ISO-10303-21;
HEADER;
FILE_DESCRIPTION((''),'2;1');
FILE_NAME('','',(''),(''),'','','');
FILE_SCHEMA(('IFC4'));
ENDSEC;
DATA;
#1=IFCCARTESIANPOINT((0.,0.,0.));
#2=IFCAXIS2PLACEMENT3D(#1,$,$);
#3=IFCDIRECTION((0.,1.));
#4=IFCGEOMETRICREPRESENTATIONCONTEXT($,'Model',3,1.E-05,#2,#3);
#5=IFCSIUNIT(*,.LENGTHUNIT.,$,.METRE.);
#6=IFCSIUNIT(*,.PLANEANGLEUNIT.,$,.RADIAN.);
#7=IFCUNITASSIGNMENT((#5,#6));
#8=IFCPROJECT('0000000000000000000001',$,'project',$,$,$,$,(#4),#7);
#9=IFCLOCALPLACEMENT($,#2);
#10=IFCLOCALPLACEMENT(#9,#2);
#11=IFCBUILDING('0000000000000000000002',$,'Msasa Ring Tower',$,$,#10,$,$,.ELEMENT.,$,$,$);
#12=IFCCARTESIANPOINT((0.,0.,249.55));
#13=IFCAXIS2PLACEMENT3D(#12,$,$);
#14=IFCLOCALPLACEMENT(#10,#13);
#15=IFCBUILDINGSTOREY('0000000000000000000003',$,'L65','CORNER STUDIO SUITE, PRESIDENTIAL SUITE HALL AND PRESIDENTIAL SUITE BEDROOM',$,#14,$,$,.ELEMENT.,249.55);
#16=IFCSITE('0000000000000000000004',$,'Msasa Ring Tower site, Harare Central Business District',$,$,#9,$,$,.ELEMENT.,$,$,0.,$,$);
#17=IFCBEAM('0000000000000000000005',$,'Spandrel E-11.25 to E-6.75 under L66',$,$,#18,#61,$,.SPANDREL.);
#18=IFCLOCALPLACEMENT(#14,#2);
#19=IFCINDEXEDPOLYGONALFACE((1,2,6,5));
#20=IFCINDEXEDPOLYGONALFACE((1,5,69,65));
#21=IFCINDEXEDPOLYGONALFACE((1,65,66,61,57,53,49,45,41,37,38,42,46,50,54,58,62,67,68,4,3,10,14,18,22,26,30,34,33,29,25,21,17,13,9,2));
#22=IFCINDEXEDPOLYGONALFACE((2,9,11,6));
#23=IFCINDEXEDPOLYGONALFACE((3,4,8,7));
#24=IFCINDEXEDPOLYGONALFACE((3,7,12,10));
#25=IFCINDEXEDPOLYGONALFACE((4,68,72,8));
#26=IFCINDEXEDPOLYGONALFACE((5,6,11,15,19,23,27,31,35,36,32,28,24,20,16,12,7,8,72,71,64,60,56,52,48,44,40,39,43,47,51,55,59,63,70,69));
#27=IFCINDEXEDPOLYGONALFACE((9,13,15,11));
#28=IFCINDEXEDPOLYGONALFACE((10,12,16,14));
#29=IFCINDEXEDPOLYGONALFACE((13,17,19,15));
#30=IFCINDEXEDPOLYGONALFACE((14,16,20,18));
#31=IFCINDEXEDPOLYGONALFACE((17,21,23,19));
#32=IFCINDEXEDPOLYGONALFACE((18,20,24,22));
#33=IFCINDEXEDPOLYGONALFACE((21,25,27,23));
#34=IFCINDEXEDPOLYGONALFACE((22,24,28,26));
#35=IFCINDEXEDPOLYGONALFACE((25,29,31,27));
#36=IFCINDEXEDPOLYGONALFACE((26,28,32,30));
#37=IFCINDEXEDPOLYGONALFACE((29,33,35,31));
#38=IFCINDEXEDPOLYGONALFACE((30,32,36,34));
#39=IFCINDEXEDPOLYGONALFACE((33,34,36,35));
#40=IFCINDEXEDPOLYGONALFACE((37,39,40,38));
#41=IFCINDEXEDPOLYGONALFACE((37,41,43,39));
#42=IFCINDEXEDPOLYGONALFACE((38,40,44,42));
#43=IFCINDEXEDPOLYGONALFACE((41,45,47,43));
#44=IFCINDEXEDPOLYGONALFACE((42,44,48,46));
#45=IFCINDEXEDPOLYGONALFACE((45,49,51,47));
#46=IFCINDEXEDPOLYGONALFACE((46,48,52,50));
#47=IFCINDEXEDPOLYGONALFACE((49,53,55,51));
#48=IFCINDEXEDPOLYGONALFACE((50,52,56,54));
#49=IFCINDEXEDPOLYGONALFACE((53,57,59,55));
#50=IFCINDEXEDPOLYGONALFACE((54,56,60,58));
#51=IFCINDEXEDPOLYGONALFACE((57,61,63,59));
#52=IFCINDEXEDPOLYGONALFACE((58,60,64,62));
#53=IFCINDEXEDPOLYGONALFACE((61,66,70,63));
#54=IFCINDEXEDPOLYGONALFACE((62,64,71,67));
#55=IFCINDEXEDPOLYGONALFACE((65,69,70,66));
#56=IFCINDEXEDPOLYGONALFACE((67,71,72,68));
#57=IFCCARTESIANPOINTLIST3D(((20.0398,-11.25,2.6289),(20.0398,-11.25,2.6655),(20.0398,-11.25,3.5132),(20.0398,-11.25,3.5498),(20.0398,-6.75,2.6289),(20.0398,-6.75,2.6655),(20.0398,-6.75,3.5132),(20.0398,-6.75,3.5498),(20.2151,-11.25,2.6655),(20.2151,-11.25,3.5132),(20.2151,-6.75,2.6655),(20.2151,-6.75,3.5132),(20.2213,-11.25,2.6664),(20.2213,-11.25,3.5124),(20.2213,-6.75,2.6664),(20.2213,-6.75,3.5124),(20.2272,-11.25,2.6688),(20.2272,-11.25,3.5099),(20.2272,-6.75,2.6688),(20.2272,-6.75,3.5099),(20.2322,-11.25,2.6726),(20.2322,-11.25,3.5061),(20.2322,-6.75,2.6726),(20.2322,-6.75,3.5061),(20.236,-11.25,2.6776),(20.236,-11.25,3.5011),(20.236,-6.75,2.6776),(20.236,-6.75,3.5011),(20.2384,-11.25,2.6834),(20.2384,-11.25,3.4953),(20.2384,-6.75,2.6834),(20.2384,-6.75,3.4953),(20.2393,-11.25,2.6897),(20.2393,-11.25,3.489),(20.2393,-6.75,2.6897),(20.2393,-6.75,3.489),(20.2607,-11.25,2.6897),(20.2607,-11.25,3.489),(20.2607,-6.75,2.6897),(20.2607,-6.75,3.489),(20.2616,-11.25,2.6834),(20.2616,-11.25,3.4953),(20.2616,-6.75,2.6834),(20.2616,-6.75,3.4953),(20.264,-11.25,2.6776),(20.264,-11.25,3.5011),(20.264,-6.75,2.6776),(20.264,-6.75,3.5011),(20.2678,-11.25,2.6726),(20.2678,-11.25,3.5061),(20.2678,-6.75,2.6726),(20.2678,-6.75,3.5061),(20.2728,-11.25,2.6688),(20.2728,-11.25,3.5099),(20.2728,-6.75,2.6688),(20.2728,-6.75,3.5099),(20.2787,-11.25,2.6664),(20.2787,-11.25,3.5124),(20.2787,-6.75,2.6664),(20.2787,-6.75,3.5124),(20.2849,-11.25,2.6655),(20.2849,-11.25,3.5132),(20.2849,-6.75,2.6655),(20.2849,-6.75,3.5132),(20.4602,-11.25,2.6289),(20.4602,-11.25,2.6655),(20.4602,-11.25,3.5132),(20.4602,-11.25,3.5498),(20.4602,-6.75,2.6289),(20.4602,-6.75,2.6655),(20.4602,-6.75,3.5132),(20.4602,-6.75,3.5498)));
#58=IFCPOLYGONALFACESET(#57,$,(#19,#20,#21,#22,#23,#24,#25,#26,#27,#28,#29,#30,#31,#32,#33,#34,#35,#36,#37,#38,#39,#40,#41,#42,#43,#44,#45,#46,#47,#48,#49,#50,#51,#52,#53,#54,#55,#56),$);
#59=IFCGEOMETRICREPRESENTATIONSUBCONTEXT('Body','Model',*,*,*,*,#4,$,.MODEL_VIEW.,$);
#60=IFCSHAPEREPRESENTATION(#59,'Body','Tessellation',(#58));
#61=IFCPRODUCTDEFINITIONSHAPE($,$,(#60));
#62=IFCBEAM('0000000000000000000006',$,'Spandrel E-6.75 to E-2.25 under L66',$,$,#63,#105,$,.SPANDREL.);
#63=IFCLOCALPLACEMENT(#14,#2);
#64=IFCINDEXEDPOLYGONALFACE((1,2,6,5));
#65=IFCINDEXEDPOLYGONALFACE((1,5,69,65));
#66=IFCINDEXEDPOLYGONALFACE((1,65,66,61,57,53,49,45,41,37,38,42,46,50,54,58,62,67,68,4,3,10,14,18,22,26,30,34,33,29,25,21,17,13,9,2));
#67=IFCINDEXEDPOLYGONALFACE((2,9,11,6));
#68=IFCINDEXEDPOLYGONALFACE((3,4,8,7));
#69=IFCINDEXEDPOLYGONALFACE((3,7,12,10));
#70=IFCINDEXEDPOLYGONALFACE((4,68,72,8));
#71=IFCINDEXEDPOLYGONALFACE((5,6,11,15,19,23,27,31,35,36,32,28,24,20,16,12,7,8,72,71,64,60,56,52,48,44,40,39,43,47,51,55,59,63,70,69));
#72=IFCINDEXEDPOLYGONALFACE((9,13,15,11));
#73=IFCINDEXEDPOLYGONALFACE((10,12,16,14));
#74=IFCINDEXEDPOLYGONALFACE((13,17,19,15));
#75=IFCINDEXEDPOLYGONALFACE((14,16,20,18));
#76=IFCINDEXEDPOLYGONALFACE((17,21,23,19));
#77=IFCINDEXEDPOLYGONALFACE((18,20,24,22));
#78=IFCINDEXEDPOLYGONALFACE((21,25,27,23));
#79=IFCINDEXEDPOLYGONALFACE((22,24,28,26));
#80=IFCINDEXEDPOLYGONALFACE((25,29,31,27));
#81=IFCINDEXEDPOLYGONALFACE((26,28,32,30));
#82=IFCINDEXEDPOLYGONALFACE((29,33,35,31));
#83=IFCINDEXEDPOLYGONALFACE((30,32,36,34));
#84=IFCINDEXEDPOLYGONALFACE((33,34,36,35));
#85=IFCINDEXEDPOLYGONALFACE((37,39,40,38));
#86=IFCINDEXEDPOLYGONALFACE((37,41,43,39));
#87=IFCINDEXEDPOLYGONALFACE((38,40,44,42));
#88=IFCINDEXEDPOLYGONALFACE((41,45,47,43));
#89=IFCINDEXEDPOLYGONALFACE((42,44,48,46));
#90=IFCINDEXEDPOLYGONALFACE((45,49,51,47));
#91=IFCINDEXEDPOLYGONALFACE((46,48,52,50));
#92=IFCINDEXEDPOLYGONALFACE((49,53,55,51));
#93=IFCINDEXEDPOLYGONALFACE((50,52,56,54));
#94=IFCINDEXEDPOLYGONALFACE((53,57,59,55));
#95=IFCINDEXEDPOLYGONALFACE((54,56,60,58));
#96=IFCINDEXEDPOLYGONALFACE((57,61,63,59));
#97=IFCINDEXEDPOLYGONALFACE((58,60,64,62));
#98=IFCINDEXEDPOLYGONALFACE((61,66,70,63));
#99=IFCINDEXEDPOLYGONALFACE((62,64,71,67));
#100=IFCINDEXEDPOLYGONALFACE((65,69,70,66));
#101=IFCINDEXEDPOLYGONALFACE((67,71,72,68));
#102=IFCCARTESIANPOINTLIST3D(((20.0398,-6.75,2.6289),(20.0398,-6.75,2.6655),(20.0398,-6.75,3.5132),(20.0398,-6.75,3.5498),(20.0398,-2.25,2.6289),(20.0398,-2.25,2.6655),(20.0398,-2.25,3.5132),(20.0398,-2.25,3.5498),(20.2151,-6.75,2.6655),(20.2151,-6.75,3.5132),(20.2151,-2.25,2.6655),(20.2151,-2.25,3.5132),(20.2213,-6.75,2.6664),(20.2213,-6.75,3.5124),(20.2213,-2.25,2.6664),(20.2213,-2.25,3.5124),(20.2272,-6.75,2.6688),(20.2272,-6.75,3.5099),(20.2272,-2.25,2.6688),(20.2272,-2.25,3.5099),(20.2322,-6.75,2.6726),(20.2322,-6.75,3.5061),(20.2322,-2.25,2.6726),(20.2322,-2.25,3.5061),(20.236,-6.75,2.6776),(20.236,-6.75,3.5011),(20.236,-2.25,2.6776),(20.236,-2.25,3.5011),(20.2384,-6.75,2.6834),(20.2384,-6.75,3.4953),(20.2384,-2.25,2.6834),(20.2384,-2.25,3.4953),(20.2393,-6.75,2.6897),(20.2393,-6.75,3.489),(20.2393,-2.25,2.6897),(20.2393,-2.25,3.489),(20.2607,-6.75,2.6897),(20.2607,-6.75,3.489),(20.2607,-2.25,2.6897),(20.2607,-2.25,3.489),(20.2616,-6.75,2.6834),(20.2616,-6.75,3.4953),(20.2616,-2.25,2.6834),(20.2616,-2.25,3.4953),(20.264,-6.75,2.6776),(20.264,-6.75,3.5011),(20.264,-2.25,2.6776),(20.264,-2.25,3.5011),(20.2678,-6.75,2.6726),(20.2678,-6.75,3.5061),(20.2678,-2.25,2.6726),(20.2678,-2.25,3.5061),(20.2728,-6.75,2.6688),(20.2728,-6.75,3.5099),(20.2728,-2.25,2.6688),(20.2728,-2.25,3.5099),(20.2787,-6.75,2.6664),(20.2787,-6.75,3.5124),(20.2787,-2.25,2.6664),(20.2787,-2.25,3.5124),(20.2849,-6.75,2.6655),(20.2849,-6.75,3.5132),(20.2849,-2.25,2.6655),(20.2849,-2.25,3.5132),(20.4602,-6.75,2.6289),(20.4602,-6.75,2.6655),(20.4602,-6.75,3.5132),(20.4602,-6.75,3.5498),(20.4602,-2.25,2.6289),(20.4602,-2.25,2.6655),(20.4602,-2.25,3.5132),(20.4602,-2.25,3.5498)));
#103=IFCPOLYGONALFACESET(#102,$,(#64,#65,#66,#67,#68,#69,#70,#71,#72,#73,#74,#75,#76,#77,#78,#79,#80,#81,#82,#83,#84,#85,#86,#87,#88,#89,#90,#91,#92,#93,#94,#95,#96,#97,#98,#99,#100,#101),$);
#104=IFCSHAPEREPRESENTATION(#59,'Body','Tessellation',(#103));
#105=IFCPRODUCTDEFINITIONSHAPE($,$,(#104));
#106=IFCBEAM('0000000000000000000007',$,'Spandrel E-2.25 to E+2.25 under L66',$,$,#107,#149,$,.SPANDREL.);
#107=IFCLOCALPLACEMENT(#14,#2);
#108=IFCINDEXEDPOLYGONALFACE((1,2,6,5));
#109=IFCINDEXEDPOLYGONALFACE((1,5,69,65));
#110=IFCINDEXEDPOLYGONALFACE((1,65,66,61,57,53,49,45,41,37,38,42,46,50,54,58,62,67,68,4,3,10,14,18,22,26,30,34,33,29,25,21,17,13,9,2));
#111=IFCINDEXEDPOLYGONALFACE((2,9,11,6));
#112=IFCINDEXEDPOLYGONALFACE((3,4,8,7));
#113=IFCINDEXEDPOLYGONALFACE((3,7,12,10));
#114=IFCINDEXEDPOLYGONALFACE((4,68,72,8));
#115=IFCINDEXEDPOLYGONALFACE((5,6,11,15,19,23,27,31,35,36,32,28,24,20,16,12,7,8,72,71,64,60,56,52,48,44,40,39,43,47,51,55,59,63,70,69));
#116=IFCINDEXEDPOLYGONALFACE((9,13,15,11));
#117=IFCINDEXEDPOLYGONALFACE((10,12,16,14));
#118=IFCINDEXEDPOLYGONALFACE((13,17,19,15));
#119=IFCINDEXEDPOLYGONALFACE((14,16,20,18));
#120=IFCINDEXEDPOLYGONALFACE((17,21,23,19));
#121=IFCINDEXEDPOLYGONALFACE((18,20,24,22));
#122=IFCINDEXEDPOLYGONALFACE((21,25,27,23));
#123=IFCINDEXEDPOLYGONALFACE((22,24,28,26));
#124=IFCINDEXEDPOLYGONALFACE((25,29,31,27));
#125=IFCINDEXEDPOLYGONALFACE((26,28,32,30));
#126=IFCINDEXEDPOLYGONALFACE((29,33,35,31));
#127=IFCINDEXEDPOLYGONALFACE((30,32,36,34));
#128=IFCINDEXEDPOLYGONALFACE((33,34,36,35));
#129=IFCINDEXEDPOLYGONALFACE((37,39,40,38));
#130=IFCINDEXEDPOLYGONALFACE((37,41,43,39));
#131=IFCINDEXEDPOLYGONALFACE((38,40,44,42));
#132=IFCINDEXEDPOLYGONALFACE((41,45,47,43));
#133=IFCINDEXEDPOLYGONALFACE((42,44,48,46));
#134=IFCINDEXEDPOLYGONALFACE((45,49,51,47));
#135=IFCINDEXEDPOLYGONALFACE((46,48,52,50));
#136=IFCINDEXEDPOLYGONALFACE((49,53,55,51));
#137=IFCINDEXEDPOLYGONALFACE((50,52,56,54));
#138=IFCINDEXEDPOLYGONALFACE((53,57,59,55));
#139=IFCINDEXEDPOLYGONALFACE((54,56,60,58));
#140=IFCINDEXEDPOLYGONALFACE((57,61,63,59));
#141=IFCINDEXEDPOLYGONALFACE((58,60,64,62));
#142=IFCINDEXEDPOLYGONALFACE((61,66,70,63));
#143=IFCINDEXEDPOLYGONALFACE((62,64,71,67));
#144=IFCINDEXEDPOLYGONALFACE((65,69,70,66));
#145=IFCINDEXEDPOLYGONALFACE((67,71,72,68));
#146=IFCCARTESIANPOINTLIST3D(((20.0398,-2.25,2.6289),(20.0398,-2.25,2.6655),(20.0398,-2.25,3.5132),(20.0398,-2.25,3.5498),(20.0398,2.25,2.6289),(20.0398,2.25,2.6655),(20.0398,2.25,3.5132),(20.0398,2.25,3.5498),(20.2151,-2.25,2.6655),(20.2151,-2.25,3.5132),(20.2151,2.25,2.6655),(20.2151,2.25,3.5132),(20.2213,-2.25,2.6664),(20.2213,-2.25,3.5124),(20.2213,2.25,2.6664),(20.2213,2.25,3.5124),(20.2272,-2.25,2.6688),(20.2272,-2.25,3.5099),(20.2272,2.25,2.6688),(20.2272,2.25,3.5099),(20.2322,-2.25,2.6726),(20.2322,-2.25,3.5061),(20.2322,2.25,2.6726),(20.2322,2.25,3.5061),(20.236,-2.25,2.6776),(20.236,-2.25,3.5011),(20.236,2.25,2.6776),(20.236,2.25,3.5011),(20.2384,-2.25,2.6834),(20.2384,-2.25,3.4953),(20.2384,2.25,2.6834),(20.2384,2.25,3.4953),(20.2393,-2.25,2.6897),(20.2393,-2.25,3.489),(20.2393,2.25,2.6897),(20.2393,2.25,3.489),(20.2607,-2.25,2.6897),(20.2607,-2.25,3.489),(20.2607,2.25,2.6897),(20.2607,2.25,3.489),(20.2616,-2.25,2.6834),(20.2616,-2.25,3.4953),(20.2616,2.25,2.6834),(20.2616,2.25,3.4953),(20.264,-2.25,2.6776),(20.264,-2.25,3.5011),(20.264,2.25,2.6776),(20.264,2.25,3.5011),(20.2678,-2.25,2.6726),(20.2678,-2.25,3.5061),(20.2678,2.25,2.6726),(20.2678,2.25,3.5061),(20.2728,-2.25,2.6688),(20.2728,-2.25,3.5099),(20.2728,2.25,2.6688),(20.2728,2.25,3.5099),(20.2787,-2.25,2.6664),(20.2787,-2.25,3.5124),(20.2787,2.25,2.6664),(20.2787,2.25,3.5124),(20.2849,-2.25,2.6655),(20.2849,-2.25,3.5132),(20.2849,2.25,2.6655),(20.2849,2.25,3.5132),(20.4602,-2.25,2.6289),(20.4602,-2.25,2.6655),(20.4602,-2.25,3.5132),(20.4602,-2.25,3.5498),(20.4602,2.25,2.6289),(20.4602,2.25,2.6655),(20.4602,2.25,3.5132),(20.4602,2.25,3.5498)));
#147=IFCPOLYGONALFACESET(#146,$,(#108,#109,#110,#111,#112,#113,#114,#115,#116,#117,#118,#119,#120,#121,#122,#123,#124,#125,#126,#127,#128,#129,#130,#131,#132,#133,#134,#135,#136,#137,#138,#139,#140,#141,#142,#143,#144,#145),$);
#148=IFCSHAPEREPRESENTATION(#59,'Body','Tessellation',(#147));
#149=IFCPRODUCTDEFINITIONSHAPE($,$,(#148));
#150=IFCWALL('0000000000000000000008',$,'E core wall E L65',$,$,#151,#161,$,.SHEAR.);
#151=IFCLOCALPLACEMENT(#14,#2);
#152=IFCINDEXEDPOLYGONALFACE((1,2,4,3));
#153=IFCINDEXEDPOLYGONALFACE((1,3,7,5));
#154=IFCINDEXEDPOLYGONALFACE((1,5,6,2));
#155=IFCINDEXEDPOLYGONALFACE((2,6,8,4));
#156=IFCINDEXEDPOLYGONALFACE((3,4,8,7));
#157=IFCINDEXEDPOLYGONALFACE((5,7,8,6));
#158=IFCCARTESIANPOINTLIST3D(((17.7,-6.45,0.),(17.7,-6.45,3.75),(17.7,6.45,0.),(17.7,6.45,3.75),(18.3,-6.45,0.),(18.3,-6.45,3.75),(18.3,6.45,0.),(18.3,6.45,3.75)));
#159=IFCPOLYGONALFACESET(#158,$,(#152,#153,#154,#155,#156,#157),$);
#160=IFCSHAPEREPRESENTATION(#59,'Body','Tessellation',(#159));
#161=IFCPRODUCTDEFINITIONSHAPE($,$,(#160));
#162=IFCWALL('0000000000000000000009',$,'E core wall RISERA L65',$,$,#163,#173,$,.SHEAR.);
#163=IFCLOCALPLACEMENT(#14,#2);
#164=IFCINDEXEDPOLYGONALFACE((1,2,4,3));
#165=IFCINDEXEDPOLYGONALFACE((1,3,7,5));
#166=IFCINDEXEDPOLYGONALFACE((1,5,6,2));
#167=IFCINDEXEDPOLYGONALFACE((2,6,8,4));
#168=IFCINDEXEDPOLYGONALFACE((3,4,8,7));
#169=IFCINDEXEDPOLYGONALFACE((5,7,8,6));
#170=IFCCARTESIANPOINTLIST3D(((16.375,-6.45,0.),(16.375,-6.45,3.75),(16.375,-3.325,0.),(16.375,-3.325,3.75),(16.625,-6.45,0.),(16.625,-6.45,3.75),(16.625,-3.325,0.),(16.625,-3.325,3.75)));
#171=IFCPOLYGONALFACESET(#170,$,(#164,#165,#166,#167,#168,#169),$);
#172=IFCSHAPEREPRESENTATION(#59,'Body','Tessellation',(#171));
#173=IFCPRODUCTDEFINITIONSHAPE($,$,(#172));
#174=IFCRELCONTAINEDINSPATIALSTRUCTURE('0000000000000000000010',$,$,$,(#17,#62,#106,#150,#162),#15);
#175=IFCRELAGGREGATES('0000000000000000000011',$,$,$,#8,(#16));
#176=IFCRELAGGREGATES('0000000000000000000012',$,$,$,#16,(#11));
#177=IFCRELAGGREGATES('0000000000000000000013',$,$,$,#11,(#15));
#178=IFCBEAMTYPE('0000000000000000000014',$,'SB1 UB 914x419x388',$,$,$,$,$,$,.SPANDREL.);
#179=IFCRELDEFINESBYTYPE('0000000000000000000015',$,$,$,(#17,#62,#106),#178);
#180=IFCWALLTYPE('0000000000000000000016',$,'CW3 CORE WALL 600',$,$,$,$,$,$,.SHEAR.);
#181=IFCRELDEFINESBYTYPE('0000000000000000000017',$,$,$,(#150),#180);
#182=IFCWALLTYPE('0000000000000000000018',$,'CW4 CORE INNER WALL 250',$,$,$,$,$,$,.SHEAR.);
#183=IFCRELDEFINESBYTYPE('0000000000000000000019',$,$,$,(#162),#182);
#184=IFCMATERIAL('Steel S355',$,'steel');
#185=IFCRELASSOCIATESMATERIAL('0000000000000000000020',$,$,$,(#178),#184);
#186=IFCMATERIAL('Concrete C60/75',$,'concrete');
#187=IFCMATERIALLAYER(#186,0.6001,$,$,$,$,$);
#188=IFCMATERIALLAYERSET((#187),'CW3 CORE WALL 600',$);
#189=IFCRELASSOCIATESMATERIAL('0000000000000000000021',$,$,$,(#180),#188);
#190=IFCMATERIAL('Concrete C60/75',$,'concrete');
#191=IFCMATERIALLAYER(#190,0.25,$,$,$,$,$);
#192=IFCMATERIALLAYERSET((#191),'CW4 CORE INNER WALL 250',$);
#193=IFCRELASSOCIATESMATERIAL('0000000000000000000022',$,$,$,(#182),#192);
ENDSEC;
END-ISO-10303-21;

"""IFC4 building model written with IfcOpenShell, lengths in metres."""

from ifc_helpers import new_model, si_unit, direction, frame, frame_2d, origin, origin_2d, place, context, subcontext, project, spatial, rectangle, i_section, extrude, material, layer, layer_set, material_profile, profile_set, type_object, element, save


model = new_model("IFC4")

# Units and contexts
model_context = context("Model", 3, precision=1e-05, world=origin(), true_north=direction((0.0, 1.0)))
body_context = subcontext(model_context, "Body", "Model", "MODEL_VIEW")
ifc_project = project(units=[si_unit("LENGTHUNIT", "METRE"), si_unit("PLANEANGLEUNIT", "RADIAN")], contexts=[model_context])

# Site, building, storey
site_placement = place(None, origin())
site = spatial("IfcSite", under=ifc_project, at=site_placement, Name="Msasa Ring Tower site, Harare Central Business District", CompositionType="ELEMENT", RefElevation=0.0)
building_placement = place(site_placement, origin())
building = spatial("IfcBuilding", under=site, at=building_placement, Name="Msasa Ring Tower", CompositionType="ELEMENT")
storey_placement = place(building_placement, frame((0.0, 0.0, 249.55)))
storey = spatial("IfcBuildingStorey", under=building, at=storey_placement, Name="L65", Description="CORNER STUDIO SUITE, PRESIDENTIAL SUITE HALL AND PRESIDENTIAL SUITE BEDROOM", CompositionType="ELEMENT", Elevation=249.55)

# Beams
ifc_material_1 = material(Name="Steel S355", Category="steel")
ifc_material_profile_1 = material_profile(ifc_material_1, i_section(OverallWidth=0.4204, OverallDepth=0.9209, WebThickness=0.0215, FlangeThickness=0.0366, FilletRadius=0.0242, at=origin_2d()), Name="UB 914x419x388")
ifc_profile_set_1 = profile_set([ifc_material_profile_1], Name="Steel S355")
beam_type_1 = type_object("IfcBeamType", Name="SB1 UB 914x419x388", PredefinedType="SPANDREL", material=ifc_profile_set_1)
for number, where, z_axis, x_axis, name in (
    (1, (20.25, -11.25, 3.0894), (0.0, 1.0, 0.0), (-1.0, 0.0, 0.0), "Spandrel E-11.25 to E-6.75 under L66"),
    (2, (20.25, -6.75, 3.0894), (0.0, 1.0, 0.0), (-1.0, 0.0, 0.0), "Spandrel E-6.75 to E-2.25 under L66"),
    (3, (20.25, -2.25, 3.0894), (0.0, 1.0, 0.0), (-1.0, 0.0, 0.0), "Spandrel E-2.25 to E+2.25 under L66"),
):
    element("IfcBeam", number, at=place(storey_placement, frame(where, z_axis=z_axis, x_axis=x_axis)), inside=storey, type_object=beam_type_1, Name=name, PredefinedType="SPANDREL", context=body_context, shape_type="SweptSolid", body=[
        extrude(i_section(OverallWidth=0.4204, OverallDepth=0.9209, WebThickness=0.0215, FlangeThickness=0.0366, FilletRadius=0.0242, at=origin_2d()), origin(), (0.0, 0.0, 1.0), 4.5),
    ])

# Walls
ifc_material_2 = material(Name="Concrete C60/75", Category="concrete")
ifc_layer_1 = layer(ifc_material_2, 0.6001)
ifc_layer_set_1 = layer_set([ifc_layer_1], Name="CW3 CORE WALL 600")
wall_type_1 = type_object("IfcWallType", Name="CW3 CORE WALL 600", PredefinedType="SHEAR", material=ifc_layer_set_1)
wall_1_placement = place(storey_placement, frame((18.0, -6.45, 0.0), z_axis=(0.0, 0.0, 1.0), x_axis=(0.0, 1.0, 0.0)))
element("IfcWall", 4, at=wall_1_placement, inside=storey, type_object=wall_type_1, Name="E core wall E L65", PredefinedType="SHEAR", context=body_context, shape_type="SweptSolid", body=[
    extrude(rectangle(XDim=12.8999, YDim=0.6001, at=frame_2d((6.45, 0.0))), origin(), (0.0, 0.0, 1.0), 3.75),
])
ifc_material_3 = material(Name="Concrete C60/75", Category="concrete")
ifc_layer_2 = layer(ifc_material_3, 0.25)
ifc_layer_set_2 = layer_set([ifc_layer_2], Name="CW4 CORE INNER WALL 250")
wall_type_2 = type_object("IfcWallType", Name="CW4 CORE INNER WALL 250", PredefinedType="SHEAR", material=ifc_layer_set_2)
wall_2_placement = place(storey_placement, frame((16.5, -6.45, 0.0), z_axis=(0.0, 0.0, 1.0), x_axis=(0.0, 1.0, 0.0)))
element("IfcWall", 5, at=wall_2_placement, inside=storey, type_object=wall_type_2, Name="E core wall RISERA L65", PredefinedType="SHEAR", context=body_context, shape_type="SweptSolid", body=[
    extrude(rectangle(XDim=3.125, YDim=0.25, at=frame_2d((1.5625, 0.0))), origin(), (0.0, 0.0, 1.0), 3.75),
])

save(model, "model.ifc")
